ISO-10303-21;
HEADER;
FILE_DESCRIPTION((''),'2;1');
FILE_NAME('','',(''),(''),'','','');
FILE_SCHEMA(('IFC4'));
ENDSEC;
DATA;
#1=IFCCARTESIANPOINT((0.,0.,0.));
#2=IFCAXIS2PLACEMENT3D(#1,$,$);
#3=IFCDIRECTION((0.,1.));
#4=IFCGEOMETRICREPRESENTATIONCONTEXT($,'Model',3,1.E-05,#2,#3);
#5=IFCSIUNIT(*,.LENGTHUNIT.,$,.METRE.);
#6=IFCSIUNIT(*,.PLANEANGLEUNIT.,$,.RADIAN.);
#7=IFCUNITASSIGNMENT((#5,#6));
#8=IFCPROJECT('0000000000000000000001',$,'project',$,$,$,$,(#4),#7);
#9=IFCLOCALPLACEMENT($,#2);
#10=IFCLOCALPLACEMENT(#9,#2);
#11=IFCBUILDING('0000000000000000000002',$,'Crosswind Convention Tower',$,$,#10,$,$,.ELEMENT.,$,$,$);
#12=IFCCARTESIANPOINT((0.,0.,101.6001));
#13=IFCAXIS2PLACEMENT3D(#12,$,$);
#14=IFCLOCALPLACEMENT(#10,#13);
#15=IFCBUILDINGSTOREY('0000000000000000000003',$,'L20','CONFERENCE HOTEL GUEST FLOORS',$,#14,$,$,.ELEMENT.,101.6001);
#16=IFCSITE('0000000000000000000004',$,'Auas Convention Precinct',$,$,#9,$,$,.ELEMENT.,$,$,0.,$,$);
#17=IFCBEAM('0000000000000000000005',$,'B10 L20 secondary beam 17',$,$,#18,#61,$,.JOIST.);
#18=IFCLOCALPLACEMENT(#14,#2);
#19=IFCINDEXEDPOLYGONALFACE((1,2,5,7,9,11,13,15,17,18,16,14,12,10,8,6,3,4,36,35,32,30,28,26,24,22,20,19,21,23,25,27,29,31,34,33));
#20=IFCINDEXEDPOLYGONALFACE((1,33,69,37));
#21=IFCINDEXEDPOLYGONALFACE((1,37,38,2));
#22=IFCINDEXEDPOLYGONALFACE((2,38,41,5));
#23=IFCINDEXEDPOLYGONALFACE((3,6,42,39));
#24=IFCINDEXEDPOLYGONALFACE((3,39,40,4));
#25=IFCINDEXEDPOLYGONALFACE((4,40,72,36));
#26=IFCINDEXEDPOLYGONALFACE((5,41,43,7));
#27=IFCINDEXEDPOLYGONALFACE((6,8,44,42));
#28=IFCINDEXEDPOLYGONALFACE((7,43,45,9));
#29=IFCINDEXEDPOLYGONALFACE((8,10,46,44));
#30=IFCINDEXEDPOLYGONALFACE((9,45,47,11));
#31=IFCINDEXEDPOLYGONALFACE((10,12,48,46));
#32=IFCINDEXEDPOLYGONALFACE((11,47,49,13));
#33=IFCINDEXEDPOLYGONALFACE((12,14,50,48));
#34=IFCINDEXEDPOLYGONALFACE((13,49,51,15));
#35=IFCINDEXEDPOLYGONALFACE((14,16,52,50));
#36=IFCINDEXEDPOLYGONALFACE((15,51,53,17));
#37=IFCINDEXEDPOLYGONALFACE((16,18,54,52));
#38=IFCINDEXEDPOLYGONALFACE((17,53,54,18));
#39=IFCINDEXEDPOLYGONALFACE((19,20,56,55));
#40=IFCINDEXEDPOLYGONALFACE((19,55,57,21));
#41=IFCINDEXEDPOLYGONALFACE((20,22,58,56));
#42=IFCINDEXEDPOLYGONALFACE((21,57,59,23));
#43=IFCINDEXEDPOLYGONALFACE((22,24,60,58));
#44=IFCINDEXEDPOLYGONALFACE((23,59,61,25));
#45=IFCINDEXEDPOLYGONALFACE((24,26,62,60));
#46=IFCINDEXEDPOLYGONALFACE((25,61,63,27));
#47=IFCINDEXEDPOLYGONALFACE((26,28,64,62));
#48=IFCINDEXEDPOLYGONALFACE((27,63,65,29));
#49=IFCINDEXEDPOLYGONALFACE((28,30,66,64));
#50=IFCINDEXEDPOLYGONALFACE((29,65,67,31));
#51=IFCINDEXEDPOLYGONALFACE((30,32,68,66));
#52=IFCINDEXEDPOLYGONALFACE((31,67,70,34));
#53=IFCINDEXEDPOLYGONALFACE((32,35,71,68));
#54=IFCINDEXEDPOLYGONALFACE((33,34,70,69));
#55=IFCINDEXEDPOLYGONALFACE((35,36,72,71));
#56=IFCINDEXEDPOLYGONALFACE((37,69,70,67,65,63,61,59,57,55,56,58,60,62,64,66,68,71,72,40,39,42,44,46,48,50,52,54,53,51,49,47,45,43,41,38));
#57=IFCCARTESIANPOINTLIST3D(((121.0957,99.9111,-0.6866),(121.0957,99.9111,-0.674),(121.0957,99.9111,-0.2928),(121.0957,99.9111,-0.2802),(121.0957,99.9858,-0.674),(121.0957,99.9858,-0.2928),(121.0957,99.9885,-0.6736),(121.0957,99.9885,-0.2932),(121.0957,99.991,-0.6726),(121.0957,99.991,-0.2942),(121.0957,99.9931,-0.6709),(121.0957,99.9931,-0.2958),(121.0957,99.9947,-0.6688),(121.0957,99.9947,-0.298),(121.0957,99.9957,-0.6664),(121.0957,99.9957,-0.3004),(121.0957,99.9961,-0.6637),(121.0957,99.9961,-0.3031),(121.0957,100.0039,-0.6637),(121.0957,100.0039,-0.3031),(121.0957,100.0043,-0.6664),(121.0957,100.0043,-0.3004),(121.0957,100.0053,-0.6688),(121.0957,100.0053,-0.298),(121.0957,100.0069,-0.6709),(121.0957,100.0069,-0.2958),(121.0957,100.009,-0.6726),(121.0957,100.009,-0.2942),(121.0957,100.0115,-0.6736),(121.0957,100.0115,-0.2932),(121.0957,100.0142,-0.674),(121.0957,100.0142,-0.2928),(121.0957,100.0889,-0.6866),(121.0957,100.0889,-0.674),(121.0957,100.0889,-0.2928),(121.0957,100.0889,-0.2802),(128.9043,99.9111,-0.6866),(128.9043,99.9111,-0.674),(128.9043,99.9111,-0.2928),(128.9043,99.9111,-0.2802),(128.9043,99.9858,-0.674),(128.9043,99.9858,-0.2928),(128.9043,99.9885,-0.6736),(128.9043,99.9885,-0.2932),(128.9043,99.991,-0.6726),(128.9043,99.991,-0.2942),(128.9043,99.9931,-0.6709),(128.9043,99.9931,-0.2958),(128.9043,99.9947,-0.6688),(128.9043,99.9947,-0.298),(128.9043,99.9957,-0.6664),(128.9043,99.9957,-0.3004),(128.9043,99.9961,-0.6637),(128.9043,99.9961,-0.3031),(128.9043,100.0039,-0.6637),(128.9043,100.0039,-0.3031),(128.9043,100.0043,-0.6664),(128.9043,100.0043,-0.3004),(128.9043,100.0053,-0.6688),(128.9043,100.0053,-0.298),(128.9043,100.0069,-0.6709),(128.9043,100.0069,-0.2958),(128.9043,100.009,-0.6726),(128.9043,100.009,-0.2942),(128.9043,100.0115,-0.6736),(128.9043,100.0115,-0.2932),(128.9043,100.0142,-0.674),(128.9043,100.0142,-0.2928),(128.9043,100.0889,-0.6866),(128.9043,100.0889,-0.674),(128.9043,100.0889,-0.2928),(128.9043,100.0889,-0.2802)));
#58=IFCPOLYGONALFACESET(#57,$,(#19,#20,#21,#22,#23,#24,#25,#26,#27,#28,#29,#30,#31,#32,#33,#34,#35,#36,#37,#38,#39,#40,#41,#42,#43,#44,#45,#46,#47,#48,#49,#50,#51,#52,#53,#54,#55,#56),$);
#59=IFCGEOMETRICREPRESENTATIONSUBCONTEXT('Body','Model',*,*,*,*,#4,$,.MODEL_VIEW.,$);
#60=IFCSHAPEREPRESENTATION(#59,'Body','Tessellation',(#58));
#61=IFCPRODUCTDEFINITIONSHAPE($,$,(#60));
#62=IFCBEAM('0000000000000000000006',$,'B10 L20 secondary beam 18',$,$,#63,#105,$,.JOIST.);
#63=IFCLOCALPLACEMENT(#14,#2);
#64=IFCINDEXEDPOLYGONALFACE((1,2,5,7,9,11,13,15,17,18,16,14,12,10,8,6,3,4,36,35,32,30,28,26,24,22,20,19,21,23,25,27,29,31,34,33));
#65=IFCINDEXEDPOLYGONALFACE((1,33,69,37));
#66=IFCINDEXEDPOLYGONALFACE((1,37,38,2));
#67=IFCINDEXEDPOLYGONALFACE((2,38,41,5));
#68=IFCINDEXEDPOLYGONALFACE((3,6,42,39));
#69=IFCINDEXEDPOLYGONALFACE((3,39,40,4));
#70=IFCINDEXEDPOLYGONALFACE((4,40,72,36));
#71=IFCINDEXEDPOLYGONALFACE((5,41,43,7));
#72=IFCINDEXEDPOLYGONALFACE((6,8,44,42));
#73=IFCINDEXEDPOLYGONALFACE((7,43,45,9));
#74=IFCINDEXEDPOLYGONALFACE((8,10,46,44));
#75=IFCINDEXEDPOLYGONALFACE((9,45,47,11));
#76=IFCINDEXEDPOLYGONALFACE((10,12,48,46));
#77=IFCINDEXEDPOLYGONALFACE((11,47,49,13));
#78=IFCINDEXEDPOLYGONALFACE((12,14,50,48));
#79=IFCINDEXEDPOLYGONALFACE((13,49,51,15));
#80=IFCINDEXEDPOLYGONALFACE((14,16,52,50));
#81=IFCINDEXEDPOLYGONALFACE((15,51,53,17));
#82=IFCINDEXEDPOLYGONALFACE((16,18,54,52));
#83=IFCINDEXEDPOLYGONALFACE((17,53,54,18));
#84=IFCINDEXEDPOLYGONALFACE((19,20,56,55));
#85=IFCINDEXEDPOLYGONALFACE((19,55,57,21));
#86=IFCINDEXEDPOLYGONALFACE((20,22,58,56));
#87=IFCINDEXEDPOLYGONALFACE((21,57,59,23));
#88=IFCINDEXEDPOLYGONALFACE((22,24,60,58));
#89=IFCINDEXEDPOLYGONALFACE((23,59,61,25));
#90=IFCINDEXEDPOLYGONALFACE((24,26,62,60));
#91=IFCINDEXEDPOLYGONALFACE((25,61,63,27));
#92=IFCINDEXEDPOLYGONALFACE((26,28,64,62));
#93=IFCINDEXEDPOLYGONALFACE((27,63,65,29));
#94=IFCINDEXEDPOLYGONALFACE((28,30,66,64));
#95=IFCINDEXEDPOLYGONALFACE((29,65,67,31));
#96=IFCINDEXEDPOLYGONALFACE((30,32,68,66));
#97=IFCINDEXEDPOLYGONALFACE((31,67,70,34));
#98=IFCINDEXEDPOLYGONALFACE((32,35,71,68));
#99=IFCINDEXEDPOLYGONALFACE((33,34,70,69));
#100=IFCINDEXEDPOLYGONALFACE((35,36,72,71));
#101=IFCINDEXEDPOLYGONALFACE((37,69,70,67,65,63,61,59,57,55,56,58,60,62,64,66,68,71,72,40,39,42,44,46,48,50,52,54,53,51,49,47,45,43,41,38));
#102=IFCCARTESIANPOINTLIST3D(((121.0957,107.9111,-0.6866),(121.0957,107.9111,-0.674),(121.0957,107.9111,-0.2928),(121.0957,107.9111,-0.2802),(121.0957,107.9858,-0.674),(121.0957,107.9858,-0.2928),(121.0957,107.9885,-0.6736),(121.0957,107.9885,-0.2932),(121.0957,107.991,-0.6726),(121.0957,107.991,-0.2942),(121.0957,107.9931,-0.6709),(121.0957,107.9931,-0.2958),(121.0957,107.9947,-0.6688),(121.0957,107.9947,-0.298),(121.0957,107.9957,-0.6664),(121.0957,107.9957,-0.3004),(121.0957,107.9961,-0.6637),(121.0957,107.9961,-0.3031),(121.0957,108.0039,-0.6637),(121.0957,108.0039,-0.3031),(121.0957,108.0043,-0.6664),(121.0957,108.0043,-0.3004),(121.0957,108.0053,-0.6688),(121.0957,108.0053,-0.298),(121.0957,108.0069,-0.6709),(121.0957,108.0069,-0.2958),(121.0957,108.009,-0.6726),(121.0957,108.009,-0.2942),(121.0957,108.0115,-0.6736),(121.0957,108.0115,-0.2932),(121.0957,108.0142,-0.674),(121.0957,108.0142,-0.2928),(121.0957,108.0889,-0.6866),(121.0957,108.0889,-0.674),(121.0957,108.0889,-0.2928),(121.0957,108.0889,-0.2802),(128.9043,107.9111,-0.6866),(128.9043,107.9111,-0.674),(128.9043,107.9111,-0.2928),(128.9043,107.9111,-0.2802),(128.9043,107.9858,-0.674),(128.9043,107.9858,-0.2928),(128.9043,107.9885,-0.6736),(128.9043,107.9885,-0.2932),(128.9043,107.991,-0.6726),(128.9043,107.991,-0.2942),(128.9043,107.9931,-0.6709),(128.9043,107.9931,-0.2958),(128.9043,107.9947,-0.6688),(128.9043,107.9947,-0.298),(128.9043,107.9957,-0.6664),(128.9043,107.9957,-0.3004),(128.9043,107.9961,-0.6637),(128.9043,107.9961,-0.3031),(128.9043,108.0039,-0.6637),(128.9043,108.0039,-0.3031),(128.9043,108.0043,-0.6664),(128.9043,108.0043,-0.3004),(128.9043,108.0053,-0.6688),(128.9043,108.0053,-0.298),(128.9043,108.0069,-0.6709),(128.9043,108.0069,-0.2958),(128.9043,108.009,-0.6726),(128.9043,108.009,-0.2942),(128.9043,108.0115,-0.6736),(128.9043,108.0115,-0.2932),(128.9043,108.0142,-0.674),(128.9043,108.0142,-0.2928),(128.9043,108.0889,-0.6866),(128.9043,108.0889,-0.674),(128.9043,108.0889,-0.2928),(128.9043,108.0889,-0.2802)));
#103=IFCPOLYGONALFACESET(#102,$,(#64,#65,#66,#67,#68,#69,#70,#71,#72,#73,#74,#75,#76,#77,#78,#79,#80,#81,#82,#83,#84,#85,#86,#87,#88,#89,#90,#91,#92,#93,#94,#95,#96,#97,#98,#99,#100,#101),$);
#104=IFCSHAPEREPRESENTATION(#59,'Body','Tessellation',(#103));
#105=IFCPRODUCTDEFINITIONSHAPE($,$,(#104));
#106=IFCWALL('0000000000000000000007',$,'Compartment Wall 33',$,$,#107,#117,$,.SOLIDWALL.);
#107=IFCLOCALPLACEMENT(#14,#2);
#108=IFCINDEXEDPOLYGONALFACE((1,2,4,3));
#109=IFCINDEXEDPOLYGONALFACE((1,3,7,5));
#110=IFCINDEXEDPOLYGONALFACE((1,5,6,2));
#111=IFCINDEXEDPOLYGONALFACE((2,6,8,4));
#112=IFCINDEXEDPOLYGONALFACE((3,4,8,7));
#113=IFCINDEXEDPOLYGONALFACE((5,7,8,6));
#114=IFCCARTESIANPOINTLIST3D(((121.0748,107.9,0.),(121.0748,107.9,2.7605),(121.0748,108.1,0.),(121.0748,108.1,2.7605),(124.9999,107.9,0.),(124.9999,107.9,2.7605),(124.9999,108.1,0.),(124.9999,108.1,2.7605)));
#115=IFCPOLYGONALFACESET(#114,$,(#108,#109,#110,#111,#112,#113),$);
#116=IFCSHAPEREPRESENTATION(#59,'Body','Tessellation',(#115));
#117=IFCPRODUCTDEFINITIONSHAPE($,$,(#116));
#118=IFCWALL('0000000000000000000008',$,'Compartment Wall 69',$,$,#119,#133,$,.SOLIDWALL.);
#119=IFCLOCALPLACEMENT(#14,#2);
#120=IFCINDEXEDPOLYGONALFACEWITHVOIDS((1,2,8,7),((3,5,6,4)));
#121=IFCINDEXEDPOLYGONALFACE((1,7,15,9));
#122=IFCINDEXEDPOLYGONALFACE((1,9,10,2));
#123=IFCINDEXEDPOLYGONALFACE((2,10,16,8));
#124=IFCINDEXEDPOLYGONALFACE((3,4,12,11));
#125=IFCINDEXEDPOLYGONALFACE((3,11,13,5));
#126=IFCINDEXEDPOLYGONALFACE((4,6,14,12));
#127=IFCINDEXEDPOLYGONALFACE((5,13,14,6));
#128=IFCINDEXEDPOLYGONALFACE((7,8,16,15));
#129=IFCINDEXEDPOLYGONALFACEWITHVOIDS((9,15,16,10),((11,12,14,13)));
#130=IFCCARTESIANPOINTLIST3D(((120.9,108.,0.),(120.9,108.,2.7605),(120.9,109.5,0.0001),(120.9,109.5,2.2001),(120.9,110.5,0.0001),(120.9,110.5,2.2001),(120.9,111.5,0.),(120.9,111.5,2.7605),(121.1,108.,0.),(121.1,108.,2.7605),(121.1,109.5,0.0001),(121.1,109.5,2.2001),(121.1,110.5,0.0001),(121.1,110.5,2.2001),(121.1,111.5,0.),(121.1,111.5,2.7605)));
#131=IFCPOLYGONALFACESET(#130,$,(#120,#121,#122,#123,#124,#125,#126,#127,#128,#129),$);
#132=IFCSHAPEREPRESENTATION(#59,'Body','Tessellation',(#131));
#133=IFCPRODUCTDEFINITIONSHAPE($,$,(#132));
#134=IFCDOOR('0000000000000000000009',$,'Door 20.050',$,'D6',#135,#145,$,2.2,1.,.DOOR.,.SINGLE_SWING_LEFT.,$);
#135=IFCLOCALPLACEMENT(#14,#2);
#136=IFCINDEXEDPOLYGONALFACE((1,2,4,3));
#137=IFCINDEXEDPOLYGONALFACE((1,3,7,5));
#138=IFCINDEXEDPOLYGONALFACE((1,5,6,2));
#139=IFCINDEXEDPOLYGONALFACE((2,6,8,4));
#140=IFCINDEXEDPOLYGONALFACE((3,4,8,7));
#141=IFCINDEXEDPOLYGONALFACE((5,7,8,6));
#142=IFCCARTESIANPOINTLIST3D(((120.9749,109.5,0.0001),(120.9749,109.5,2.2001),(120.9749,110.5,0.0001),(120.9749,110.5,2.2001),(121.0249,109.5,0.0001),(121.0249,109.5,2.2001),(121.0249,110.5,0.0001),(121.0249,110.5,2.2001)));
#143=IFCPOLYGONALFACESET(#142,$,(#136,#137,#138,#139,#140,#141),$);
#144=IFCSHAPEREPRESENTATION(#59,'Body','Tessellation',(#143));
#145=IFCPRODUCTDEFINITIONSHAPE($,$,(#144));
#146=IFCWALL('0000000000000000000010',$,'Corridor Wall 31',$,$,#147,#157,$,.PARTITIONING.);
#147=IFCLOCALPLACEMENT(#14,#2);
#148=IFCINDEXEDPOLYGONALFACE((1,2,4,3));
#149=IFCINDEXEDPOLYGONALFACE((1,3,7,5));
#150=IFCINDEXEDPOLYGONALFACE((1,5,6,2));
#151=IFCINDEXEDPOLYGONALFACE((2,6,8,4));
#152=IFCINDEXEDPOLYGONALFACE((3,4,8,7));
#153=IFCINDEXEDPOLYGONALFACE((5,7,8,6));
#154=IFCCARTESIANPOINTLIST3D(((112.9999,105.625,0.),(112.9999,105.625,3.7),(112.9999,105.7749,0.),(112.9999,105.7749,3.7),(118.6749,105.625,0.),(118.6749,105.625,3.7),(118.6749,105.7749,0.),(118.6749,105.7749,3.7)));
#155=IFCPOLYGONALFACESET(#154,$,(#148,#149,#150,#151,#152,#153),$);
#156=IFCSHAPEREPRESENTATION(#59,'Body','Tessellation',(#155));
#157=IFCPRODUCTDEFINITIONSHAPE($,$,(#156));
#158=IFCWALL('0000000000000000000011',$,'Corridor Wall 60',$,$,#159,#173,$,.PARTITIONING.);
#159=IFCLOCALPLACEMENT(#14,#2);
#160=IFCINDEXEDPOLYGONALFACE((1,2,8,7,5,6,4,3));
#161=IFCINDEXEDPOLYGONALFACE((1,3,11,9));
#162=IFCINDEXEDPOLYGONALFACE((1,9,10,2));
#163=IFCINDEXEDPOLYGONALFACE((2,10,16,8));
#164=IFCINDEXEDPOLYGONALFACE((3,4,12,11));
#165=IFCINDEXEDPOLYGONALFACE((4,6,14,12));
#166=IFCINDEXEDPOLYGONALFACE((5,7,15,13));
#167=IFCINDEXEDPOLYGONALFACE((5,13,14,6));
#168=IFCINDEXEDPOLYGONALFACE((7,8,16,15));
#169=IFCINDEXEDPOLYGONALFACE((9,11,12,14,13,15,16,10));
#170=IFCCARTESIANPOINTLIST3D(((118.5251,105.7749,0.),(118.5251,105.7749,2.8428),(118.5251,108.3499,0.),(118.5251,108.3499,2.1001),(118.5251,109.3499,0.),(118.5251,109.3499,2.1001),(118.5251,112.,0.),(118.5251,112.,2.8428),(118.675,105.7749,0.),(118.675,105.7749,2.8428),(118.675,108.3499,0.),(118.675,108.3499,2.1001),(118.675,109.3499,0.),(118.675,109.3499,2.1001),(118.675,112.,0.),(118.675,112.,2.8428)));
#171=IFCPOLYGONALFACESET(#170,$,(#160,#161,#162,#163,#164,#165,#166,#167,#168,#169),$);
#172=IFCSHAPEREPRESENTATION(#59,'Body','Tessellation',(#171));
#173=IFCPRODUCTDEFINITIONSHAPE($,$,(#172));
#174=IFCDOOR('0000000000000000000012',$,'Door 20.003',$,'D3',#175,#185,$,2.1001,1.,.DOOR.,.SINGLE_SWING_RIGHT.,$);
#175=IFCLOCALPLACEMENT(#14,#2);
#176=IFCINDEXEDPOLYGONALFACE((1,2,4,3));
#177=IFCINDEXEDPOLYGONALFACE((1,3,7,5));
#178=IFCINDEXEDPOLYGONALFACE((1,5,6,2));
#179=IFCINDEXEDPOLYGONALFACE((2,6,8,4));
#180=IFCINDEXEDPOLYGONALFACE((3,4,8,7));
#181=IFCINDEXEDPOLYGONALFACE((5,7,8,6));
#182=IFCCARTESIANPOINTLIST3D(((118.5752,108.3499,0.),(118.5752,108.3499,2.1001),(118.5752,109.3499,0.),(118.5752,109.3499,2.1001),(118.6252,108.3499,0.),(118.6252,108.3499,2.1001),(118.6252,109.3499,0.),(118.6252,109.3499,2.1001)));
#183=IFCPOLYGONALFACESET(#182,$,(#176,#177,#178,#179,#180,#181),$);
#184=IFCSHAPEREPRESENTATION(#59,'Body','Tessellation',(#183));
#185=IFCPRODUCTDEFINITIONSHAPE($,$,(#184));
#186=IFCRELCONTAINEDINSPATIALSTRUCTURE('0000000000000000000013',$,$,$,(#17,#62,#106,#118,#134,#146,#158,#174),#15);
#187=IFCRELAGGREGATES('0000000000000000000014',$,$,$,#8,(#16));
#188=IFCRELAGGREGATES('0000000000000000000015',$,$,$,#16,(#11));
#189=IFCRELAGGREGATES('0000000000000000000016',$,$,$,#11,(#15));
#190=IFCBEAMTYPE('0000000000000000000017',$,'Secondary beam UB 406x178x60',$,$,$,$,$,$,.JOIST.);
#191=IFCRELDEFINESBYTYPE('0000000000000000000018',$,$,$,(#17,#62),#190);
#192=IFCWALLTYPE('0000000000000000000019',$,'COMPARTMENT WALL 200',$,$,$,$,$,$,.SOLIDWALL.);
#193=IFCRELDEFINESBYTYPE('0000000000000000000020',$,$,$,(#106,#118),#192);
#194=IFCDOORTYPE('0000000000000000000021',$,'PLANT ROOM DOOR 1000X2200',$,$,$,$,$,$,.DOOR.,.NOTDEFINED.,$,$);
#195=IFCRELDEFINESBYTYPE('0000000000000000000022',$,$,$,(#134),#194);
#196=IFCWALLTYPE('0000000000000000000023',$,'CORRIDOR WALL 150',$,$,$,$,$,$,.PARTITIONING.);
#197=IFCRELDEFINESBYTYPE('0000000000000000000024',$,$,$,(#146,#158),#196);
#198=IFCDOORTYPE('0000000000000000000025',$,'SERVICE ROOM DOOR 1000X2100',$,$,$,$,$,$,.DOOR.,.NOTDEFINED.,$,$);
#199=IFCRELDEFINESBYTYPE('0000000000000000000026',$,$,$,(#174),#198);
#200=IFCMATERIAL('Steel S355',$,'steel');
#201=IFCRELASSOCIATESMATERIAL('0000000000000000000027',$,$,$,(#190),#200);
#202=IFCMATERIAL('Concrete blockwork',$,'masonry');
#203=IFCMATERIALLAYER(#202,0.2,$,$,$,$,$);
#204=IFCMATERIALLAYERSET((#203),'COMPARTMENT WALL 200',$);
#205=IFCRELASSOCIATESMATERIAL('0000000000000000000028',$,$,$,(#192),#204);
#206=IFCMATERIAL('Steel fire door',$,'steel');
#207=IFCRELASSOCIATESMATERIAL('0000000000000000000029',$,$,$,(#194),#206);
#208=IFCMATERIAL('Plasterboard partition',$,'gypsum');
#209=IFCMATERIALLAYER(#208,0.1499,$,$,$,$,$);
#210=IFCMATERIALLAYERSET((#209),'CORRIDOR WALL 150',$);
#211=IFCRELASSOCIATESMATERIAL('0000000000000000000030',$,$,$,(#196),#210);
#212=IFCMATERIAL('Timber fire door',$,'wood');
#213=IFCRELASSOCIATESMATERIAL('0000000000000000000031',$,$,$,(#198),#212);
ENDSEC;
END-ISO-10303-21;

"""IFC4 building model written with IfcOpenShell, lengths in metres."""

from ifc_helpers import new_model, si_unit, direction, frame, frame_2d, origin, origin_2d, place, context, subcontext, project, spatial, rectangle, i_section, extrude, material, layer, layer_set, material_profile, profile_set, type_object, element, fill, save


model = new_model("IFC4")

# Units and contexts
model_context = context("Model", 3, precision=1e-05, world=origin(), true_north=direction((0.0, 1.0)))
body_context = subcontext(model_context, "Body", "Model", "MODEL_VIEW")
ifc_project = project(units=[si_unit("LENGTHUNIT", "METRE"), si_unit("PLANEANGLEUNIT", "RADIAN")], contexts=[model_context])

# Site, building, storey
site_placement = place(None, origin())
site = spatial("IfcSite", under=ifc_project, at=site_placement, Name="Auas Convention Precinct", CompositionType="ELEMENT", RefElevation=0.0)
building_placement = place(site_placement, origin())
building = spatial("IfcBuilding", under=site, at=building_placement, Name="Crosswind Convention Tower", CompositionType="ELEMENT")
storey_placement = place(building_placement, frame((0.0, 0.0, 101.6001)))
storey = spatial("IfcBuildingStorey", under=building, at=storey_placement, Name="L20", Description="CONFERENCE HOTEL GUEST FLOORS", CompositionType="ELEMENT", Elevation=101.6001)

# Beams
ifc_material_1 = material(Name="Steel S355", Category="steel")
ifc_material_profile_1 = material_profile(ifc_material_1, i_section(OverallWidth=0.1777, OverallDepth=0.4065, WebThickness=0.0078, FlangeThickness=0.0127, FilletRadius=0.0103, at=origin_2d()), Name="UB 406x178x60")
ifc_profile_set_1 = profile_set([ifc_material_profile_1], Name="Steel S355")
beam_type_1 = type_object("IfcBeamType", Name="Secondary beam UB 406x178x60", PredefinedType="JOIST", material=ifc_profile_set_1)
for number, where, z_axis, x_axis, name in (
    (1, (121.0957, 100.0, -0.4834), (1.0, 0.0, 0.0), (0.0, 1.0, 0.0), "B10 L20 secondary beam 17"),
    (2, (121.0957, 108.0, -0.4834), (1.0, 0.0, 0.0), (0.0, 1.0, 0.0), "B10 L20 secondary beam 18"),
):
    element("IfcBeam", number, at=place(storey_placement, frame(where, z_axis=z_axis, x_axis=x_axis)), inside=storey, type_object=beam_type_1, Name=name, PredefinedType="JOIST", context=body_context, shape_type="SweptSolid", body=[
        extrude(i_section(OverallWidth=0.1777, OverallDepth=0.4065, WebThickness=0.0078, FlangeThickness=0.0127, FilletRadius=0.0103, at=origin_2d()), origin(), (0.0, 0.0, 1.0), 7.8086),
    ])

# Wall
ifc_material_2 = material(Name="Concrete blockwork", Category="masonry")
ifc_layer_1 = layer(ifc_material_2, 0.2)
ifc_layer_set_1 = layer_set([ifc_layer_1], Name="COMPARTMENT WALL 200")
wall_type_1 = type_object("IfcWallType", Name="COMPARTMENT WALL 200", PredefinedType="SOLIDWALL", material=ifc_layer_set_1)
wall_1_placement = place(storey_placement, frame((121.075, 108.0, 0.0), z_axis=(0.0, 0.0, 1.0), x_axis=(1.0, 0.0, 0.0)))
element("IfcWall", 3, at=wall_1_placement, inside=storey, type_object=wall_type_1, Name="Compartment Wall 33", PredefinedType="SOLIDWALL", context=body_context, shape_type="SweptSolid", body=[
    extrude(rectangle(XDim=3.925, YDim=0.2, at=frame_2d((1.9624, 0.0))), origin(), (0.0, 0.0, 1.0), 2.7605),
])

# Wall, opening, door
wall_2_placement = place(storey_placement, frame((121.0, 108.0, 0.0), z_axis=(0.0, 0.0, 1.0), x_axis=(0.0, 1.0, 0.0)))
wall_2 = element("IfcWall", 4, at=wall_2_placement, inside=storey, type_object=wall_type_1, Name="Compartment Wall 69", PredefinedType="SOLIDWALL", context=body_context, shape_type="SweptSolid", body=[
    extrude(rectangle(XDim=3.5, YDim=0.2, at=frame_2d((1.75, 0.0))), origin(), (0.0, 0.0, 1.0), 2.7605),
])
opening_1_placement = place(wall_2_placement, frame((1.5, 0.0, 0.0)))
opening_1 = element("IfcOpeningElement", 5, at=opening_1_placement, cuts=wall_2, PredefinedType="OPENING", context=body_context, shape_type="SweptSolid", body=[
    extrude(rectangle(XDim=1.0, YDim=2.2, at=frame_2d((0.5, 1.1001))), frame((0.0, 0.1099, 0.0), z_axis=(0.0, -1.0, 0.0), x_axis=(1.0, 0.0, 0.0)), (0.0, 0.0, 1.0), 0.22),
])
ifc_material_3 = material(Name="Steel fire door", Category="steel")
door_type_1 = type_object("IfcDoorType", Name="PLANT ROOM DOOR 1000X2200", OperationType="NOTDEFINED", PredefinedType="DOOR", material=ifc_material_3)
door_1_placement = place(opening_1_placement, frame((1.0, 0.0, 0.0), z_axis=(0.0, 0.0, 1.0), x_axis=(-1.0, 0.0, 0.0)))
door_1 = element("IfcDoor", 6, at=door_1_placement, inside=storey, type_object=door_type_1, Name="Door 20.050", ObjectType="D6", OperationType="SINGLE_SWING_LEFT", OverallHeight=2.2, OverallWidth=1.0, PredefinedType="DOOR", context=body_context, shape_type="SweptSolid", body=[
    extrude(rectangle(XDim=1.0, YDim=2.2, at=frame_2d((0.5, 1.1001))), frame((0.0, 0.0249, 0.0), z_axis=(0.0, -1.0, 0.0), x_axis=(1.0, 0.0, 0.0)), (0.0, 0.0, 1.0), 0.05),
])
fill(opening_1, door_1)

# Wall
ifc_material_4 = material(Name="Plasterboard partition", Category="gypsum")
ifc_layer_2 = layer(ifc_material_4, 0.1499)
ifc_layer_set_2 = layer_set([ifc_layer_2], Name="CORRIDOR WALL 150")
wall_type_2 = type_object("IfcWallType", Name="CORRIDOR WALL 150", PredefinedType="PARTITIONING", material=ifc_layer_set_2)
wall_3_placement = place(storey_placement, frame((113.0, 105.7, 0.0), z_axis=(0.0, 0.0, 1.0), x_axis=(1.0, 0.0, 0.0)))
element("IfcWall", 7, at=wall_3_placement, inside=storey, type_object=wall_type_2, Name="Corridor Wall 31", PredefinedType="PARTITIONING", context=body_context, shape_type="SweptSolid", body=[
    extrude(rectangle(XDim=5.675, YDim=0.1499, at=frame_2d((2.8374, 0.0))), origin(), (0.0, 0.0, 1.0), 3.7),
])

# Wall, opening, door
wall_4_placement = place(storey_placement, frame((118.6001, 105.7749, 0.0), z_axis=(0.0, 0.0, 1.0), x_axis=(0.0, 1.0, 0.0)))
wall_4 = element("IfcWall", 8, at=wall_4_placement, inside=storey, type_object=wall_type_2, Name="Corridor Wall 60", PredefinedType="PARTITIONING", context=body_context, shape_type="SweptSolid", body=[
    extrude(rectangle(XDim=6.2251, YDim=0.1499, at=frame_2d((3.1125, 0.0))), origin(), (0.0, 0.0, 1.0), 2.8428),
])
opening_2_placement = place(wall_4_placement, frame((2.575, 0.0, 0.0)))
opening_2 = element("IfcOpeningElement", 9, at=opening_2_placement, cuts=wall_4, PredefinedType="OPENING", context=body_context, shape_type="SweptSolid", body=[
    extrude(rectangle(XDim=1.0, YDim=2.1001, at=frame_2d((0.5, 1.05))), frame((0.0, 0.085, 0.0), z_axis=(0.0, -1.0, 0.0), x_axis=(1.0, 0.0, 0.0)), (0.0, 0.0, 1.0), 0.1699),
])
ifc_material_5 = material(Name="Timber fire door", Category="wood")
door_type_2 = type_object("IfcDoorType", Name="SERVICE ROOM DOOR 1000X2100", OperationType="NOTDEFINED", PredefinedType="DOOR", material=ifc_material_5)
door_2_placement = place(opening_2_placement, origin())
door_2 = element("IfcDoor", 10, at=door_2_placement, inside=storey, type_object=door_type_2, Name="Door 20.003", ObjectType="D3", OperationType="SINGLE_SWING_RIGHT", OverallHeight=2.1001, OverallWidth=1.0, PredefinedType="DOOR", context=body_context, shape_type="SweptSolid", body=[
    extrude(rectangle(XDim=1.0, YDim=2.1001, at=frame_2d((0.5, 1.05))), frame((0.0, 0.0249, 0.0), z_axis=(0.0, -1.0, 0.0), x_axis=(1.0, 0.0, 0.0)), (0.0, 0.0, 1.0), 0.05),
])
fill(opening_2, door_2)

save(model, "model.ifc")
